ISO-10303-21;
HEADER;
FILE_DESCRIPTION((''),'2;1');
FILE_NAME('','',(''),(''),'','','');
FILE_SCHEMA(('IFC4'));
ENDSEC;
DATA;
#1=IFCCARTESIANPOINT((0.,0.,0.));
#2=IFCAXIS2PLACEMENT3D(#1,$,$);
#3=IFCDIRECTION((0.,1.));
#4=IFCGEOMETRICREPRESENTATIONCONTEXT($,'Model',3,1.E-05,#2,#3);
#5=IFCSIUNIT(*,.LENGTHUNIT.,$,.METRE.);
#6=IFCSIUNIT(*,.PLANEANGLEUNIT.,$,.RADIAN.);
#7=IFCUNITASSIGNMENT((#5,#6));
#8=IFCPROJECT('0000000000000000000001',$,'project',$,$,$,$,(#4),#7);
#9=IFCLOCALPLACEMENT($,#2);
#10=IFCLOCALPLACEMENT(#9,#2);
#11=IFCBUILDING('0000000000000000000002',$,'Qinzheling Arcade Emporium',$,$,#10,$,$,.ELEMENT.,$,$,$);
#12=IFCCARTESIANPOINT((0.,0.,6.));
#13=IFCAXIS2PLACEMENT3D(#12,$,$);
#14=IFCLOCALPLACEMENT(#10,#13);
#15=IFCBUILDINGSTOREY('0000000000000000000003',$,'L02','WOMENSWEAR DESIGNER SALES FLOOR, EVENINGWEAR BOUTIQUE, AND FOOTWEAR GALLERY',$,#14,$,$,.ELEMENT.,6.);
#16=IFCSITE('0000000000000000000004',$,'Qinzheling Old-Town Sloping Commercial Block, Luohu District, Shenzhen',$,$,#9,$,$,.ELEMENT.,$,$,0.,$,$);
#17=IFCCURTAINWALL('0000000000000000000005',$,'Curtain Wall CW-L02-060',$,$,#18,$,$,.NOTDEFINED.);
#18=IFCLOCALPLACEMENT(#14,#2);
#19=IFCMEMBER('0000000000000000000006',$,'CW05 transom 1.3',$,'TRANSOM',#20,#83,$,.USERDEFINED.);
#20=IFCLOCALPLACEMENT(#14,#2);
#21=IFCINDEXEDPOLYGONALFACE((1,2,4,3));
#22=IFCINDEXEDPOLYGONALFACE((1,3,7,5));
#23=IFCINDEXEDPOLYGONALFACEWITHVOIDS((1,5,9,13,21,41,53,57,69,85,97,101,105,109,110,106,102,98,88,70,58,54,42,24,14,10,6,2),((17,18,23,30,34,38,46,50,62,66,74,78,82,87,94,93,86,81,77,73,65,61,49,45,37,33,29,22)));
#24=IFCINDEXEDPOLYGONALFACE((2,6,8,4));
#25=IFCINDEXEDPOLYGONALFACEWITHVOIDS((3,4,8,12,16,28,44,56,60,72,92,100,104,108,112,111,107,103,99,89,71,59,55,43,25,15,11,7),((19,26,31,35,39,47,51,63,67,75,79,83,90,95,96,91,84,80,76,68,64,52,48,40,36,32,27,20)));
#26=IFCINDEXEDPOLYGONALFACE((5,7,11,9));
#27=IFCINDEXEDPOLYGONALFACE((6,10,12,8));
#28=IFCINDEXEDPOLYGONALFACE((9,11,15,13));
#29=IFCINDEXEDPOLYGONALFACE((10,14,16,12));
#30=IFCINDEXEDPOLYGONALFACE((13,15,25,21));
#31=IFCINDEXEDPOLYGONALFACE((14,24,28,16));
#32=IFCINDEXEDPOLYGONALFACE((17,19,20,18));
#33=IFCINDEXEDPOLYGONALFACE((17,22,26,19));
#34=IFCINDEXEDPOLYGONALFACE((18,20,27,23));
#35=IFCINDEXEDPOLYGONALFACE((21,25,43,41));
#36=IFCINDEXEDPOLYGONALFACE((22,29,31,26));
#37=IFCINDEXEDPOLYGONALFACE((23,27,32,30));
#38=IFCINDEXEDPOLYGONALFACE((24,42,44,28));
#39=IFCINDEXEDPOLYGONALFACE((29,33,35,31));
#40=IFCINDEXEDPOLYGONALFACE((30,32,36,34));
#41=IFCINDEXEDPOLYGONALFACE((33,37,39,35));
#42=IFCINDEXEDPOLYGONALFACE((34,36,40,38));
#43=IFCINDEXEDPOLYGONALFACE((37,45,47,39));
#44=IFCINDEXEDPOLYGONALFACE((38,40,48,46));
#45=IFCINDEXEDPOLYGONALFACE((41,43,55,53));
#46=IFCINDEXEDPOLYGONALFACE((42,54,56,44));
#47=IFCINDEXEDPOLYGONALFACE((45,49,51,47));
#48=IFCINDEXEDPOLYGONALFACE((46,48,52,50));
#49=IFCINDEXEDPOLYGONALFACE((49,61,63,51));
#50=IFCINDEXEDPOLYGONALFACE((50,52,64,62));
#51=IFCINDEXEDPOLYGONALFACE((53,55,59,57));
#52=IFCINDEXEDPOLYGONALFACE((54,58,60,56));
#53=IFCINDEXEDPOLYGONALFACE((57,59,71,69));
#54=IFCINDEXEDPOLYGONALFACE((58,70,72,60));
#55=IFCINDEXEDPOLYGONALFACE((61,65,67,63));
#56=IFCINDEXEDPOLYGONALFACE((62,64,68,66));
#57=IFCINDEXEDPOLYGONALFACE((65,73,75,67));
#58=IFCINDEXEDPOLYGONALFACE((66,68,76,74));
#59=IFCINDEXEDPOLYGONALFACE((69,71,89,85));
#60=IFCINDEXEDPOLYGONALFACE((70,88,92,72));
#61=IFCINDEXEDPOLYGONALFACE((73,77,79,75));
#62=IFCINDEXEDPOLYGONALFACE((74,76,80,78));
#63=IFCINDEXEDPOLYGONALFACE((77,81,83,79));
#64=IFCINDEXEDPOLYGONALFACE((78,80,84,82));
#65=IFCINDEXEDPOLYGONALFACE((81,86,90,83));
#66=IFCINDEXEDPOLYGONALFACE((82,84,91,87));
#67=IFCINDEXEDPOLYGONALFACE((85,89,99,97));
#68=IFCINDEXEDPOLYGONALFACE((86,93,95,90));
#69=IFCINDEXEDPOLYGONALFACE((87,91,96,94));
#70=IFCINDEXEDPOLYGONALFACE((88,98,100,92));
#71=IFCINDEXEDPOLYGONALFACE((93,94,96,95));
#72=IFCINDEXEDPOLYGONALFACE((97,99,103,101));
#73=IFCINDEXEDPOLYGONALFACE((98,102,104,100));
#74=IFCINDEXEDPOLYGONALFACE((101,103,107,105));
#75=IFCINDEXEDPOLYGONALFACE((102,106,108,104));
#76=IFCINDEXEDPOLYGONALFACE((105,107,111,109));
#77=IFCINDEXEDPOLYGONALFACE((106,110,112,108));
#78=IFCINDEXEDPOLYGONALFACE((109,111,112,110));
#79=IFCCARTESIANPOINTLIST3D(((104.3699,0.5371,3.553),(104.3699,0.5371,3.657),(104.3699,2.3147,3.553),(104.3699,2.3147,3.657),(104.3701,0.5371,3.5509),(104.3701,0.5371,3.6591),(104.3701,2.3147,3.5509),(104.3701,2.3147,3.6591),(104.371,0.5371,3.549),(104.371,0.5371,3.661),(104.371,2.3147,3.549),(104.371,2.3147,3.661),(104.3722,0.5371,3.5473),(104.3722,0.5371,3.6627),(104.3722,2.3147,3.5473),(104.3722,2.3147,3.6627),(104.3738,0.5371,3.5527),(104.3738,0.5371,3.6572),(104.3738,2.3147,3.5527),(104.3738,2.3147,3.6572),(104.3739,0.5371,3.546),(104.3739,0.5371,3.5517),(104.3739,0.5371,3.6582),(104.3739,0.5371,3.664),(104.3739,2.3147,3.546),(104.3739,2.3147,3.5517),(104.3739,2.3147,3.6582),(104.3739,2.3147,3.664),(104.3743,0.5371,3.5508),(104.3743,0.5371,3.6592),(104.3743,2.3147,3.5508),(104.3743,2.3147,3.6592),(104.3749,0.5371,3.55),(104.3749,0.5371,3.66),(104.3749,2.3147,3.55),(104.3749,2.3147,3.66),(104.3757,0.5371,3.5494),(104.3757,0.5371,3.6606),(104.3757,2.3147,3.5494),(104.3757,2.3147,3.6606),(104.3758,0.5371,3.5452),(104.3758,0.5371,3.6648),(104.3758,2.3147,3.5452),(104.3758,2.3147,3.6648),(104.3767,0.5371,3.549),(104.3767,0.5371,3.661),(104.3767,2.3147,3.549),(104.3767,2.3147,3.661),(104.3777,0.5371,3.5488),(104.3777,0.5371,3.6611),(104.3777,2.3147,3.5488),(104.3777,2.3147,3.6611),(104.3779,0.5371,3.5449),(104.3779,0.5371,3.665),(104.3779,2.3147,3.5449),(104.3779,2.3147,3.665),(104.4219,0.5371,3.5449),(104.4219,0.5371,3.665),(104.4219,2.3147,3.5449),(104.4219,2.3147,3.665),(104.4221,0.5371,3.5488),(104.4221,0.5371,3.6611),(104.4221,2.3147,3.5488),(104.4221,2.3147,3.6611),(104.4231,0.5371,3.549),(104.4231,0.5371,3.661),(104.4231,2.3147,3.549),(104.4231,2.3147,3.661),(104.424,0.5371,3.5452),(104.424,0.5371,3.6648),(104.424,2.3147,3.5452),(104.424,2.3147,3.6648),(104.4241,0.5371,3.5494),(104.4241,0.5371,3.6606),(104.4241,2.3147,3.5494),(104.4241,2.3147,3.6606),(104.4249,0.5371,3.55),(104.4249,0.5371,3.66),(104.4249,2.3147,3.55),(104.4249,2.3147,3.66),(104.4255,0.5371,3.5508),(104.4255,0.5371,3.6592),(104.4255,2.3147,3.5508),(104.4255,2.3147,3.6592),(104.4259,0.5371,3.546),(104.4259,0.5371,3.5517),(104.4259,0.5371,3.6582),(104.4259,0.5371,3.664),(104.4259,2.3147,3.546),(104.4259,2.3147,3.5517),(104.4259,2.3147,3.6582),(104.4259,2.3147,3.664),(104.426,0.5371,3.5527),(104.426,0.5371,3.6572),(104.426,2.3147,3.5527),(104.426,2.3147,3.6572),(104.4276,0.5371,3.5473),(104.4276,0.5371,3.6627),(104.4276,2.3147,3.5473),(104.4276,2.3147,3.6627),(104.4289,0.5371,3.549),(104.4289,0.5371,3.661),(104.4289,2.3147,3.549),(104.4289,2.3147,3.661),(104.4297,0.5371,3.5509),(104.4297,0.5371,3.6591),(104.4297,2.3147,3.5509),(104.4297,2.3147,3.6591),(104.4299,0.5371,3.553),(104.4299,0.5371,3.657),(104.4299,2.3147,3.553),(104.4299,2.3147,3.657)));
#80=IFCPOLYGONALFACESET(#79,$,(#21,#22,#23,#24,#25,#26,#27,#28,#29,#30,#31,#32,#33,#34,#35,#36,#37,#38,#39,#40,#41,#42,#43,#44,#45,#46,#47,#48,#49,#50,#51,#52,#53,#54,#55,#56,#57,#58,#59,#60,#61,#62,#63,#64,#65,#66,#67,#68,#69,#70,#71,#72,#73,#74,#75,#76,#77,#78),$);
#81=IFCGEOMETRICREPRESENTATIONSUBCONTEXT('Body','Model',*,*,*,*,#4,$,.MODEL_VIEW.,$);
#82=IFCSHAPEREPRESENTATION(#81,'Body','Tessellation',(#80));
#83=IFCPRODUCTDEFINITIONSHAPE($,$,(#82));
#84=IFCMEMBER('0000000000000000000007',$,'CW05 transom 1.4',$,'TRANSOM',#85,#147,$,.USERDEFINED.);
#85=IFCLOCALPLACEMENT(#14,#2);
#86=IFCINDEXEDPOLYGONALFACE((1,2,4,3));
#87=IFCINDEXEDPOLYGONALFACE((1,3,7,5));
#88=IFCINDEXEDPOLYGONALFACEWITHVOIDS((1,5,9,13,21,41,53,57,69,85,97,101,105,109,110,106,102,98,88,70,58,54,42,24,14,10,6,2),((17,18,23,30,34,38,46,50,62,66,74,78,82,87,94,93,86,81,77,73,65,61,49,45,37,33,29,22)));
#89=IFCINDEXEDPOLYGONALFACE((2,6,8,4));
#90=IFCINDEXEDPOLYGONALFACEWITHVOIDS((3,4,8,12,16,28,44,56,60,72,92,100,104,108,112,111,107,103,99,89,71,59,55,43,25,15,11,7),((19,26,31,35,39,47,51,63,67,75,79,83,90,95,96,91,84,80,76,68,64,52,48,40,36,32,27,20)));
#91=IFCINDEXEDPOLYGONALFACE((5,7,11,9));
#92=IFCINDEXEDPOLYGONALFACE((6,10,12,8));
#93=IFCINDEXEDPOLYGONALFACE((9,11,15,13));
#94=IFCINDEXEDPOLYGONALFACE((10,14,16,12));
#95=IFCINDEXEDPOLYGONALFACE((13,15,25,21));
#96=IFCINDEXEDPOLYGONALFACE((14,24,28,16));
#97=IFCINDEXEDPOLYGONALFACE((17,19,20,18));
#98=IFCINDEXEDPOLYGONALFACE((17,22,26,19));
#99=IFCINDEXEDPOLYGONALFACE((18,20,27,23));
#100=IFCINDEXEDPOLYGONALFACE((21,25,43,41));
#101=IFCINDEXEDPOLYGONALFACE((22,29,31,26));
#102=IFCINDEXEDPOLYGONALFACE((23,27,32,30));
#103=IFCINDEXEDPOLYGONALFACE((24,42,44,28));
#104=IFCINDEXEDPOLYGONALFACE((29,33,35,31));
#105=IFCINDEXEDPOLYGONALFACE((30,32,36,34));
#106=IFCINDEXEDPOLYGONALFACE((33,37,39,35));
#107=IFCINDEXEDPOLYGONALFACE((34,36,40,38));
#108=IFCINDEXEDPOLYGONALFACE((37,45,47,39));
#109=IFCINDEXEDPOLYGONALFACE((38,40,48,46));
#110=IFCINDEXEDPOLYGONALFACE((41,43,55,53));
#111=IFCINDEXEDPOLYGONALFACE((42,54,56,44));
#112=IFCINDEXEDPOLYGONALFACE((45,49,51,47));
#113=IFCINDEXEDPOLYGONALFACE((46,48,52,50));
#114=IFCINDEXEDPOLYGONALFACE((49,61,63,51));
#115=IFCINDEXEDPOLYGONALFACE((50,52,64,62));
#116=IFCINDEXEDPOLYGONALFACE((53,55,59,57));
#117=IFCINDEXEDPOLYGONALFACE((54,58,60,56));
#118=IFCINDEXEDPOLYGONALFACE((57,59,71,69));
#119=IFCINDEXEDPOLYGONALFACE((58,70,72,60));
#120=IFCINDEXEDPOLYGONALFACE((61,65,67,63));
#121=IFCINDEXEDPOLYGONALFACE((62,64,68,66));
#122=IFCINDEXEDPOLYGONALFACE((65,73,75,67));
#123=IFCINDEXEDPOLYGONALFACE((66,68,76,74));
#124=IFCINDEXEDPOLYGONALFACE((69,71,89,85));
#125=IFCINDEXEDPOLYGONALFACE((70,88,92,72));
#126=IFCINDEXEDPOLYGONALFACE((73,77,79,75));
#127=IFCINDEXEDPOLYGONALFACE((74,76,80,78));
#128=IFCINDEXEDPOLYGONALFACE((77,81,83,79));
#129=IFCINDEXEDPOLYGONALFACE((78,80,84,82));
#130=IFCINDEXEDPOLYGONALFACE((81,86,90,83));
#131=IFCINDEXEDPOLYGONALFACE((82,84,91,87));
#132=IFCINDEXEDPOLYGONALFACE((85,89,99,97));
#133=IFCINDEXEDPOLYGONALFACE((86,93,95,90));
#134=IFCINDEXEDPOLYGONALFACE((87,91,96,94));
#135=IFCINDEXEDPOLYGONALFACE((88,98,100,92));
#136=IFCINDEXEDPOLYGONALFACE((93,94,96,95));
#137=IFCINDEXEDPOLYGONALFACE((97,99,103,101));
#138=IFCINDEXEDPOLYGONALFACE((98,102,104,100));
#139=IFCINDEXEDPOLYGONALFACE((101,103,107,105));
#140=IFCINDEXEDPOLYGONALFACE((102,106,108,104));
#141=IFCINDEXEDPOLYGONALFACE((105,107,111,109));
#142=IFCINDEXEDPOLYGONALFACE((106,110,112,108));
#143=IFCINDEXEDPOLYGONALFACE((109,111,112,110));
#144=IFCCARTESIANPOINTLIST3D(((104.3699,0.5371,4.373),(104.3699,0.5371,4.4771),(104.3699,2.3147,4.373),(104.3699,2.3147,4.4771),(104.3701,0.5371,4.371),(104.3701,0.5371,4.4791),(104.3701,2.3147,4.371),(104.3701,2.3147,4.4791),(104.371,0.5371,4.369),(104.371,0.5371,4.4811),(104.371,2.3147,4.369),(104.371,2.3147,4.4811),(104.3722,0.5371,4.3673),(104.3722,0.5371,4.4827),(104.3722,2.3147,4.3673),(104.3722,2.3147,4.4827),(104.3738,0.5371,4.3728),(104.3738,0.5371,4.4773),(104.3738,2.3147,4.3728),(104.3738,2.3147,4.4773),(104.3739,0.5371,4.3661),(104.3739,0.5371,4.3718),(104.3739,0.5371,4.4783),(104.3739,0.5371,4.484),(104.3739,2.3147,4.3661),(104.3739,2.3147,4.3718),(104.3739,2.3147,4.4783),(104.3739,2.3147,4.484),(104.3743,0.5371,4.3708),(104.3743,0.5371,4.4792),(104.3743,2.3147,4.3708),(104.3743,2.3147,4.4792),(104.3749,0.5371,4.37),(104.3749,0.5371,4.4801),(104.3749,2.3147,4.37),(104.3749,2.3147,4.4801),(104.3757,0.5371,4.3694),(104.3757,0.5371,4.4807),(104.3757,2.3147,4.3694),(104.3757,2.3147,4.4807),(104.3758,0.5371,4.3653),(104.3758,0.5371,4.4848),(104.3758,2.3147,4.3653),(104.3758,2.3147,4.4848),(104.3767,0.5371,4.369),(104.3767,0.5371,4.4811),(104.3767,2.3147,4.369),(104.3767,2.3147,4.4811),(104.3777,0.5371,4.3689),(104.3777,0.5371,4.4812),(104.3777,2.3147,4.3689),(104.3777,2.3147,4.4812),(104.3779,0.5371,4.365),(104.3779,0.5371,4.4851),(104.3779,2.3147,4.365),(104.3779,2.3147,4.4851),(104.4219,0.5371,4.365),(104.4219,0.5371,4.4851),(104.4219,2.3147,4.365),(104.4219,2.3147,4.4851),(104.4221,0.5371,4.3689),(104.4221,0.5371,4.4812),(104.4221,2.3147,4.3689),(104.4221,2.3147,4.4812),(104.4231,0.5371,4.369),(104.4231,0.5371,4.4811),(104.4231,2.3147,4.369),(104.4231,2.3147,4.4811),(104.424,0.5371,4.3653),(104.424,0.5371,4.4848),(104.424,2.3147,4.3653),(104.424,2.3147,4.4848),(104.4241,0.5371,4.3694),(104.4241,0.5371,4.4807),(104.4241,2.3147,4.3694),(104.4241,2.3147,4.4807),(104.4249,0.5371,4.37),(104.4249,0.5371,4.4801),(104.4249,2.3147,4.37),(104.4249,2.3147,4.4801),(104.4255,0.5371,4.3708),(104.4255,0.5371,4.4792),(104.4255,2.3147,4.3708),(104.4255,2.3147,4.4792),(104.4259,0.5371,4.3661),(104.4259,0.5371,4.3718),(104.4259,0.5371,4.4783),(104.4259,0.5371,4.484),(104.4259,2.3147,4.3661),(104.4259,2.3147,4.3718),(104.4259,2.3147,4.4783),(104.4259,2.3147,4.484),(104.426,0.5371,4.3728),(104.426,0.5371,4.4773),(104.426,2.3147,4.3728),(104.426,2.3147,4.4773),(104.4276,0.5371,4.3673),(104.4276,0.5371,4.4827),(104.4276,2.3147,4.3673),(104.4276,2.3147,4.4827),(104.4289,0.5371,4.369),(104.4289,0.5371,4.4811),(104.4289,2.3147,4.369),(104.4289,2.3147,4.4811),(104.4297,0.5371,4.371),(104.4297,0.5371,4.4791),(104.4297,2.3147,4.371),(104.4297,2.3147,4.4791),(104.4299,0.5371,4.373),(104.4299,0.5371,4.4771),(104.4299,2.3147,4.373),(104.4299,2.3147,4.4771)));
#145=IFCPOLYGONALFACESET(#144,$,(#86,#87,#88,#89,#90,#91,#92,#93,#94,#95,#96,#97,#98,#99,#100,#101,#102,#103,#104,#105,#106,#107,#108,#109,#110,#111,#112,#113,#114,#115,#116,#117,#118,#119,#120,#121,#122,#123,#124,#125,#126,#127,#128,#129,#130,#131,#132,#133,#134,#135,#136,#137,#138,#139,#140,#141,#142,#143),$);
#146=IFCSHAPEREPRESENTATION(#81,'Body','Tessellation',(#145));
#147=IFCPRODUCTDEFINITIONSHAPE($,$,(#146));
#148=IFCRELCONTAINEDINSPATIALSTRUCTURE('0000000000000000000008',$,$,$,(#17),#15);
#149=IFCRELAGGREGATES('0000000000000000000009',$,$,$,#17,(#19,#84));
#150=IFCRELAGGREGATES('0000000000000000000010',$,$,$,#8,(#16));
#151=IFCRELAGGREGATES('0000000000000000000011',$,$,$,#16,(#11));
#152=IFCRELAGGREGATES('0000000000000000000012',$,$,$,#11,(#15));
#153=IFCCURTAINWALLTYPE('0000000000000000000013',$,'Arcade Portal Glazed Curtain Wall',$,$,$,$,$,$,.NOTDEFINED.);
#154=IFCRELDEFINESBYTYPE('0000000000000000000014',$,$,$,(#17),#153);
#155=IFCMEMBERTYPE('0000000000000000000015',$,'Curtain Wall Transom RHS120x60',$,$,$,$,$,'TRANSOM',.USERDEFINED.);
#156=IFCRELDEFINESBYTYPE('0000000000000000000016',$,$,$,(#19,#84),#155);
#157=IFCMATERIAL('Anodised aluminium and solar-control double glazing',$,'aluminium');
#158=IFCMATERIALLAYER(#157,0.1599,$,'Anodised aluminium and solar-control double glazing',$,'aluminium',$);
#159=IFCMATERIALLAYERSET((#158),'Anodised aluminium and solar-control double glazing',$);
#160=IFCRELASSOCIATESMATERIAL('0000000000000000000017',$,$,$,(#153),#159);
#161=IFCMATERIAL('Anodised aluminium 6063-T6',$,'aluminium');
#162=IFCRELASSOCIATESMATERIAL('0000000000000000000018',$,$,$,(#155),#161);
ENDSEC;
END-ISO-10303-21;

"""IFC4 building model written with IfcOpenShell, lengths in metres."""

from ifc_helpers import new_model, si_unit, direction, frame, origin, origin_2d, place, context, subcontext, project, spatial, hollow_rectangle, extrude, material, layer, layer_set, material_profile, profile_set, type_object, element, aggregate, save


model = new_model("IFC4")

# Units and contexts
model_context = context("Model", 3, precision=1e-05, world=origin(), true_north=direction((0.0, 1.0)))
body_context = subcontext(model_context, "Body", "Model", "MODEL_VIEW")
ifc_project = project(units=[si_unit("LENGTHUNIT", "METRE"), si_unit("PLANEANGLEUNIT", "RADIAN")], contexts=[model_context])

# Site, building, storey
site_placement = place(None, origin())
site = spatial("IfcSite", under=ifc_project, at=site_placement, Name="Qinzheling Old-Town Sloping Commercial Block, Luohu District, Shenzhen", CompositionType="ELEMENT", RefElevation=0.0)
building_placement = place(site_placement, origin())
building = spatial("IfcBuilding", under=site, at=building_placement, Name="Qinzheling Arcade Emporium", CompositionType="ELEMENT")
storey_placement = place(building_placement, frame((0.0, 0.0, 6.0)))
storey = spatial("IfcBuildingStorey", under=building, at=storey_placement, Name="L02", Description="WOMENSWEAR DESIGNER SALES FLOOR, EVENINGWEAR BOUTIQUE, AND FOOTWEAR GALLERY", CompositionType="ELEMENT", Elevation=6.0)

# Curtain wall, members
ifc_material_1 = material(Name="Anodised aluminium and solar-control double glazing", Category="aluminium")
ifc_layer_1 = layer(ifc_material_1, 0.1599, Name="Anodised aluminium and solar-control double glazing", Category="aluminium")
ifc_layer_set_1 = layer_set([ifc_layer_1], Name="Anodised aluminium and solar-control double glazing")
curtain_wall_type = type_object("IfcCurtainWallType", Name="Arcade Portal Glazed Curtain Wall", PredefinedType="NOTDEFINED", material=ifc_layer_set_1)
curtain_wall_placement = place(storey_placement, origin())
curtain_wall = element("IfcCurtainWall", 1, at=curtain_wall_placement, inside=storey, type_object=curtain_wall_type, Name="Curtain Wall CW-L02-060", PredefinedType="NOTDEFINED")
ifc_material_2 = material(Name="Anodised aluminium 6063-T6", Category="aluminium")
ifc_material_profile_1 = material_profile(ifc_material_2, hollow_rectangle(XDim=0.0601, YDim=0.1201, WallThickness=0.0039, InnerFilletRadius=0.0039, OuterFilletRadius=0.0081, at=origin_2d()), Name="RHS 120x60x4", Category="aluminium")
ifc_profile_set_1 = profile_set([ifc_material_profile_1], Name="Anodised aluminium 6063-T6")
member_type_1 = type_object("IfcMemberType", Name="Curtain Wall Transom RHS120x60", ElementType="TRANSOM", PredefinedType="USERDEFINED", material=ifc_profile_set_1)
member_1_placement = place(storey_placement, frame((104.3999, 0.5371, 3.605), z_axis=(0.0, 1.0, 0.0), x_axis=(-1.0, 0.0, 0.0)))
member_1 = element("IfcMember", 2, at=member_1_placement, type_object=member_type_1, Name="CW05 transom 1.3", ObjectType="TRANSOM", PredefinedType="USERDEFINED", context=body_context, shape_type="SweptSolid", body=[
    extrude(hollow_rectangle(XDim=0.0601, YDim=0.1201, WallThickness=0.0039, InnerFilletRadius=0.0039, OuterFilletRadius=0.0081, at=origin_2d()), origin(), (0.0, 0.0, 1.0), 1.7776),
])
member_2_placement = place(storey_placement, frame((104.3999, 0.5371, 4.425), z_axis=(0.0, 1.0, 0.0), x_axis=(-1.0, 0.0, 0.0)))
member_2 = element("IfcMember", 3, at=member_2_placement, type_object=member_type_1, Name="CW05 transom 1.4", ObjectType="TRANSOM", PredefinedType="USERDEFINED", context=body_context, shape_type="SweptSolid", body=[
    extrude(hollow_rectangle(XDim=0.0601, YDim=0.1201, WallThickness=0.0039, InnerFilletRadius=0.0039, OuterFilletRadius=0.0081, at=origin_2d()), origin(), (0.0, 0.0, 1.0), 1.7776),
])

aggregate(curtain_wall, [member_1, member_2])

save(model, "model.ifc")
